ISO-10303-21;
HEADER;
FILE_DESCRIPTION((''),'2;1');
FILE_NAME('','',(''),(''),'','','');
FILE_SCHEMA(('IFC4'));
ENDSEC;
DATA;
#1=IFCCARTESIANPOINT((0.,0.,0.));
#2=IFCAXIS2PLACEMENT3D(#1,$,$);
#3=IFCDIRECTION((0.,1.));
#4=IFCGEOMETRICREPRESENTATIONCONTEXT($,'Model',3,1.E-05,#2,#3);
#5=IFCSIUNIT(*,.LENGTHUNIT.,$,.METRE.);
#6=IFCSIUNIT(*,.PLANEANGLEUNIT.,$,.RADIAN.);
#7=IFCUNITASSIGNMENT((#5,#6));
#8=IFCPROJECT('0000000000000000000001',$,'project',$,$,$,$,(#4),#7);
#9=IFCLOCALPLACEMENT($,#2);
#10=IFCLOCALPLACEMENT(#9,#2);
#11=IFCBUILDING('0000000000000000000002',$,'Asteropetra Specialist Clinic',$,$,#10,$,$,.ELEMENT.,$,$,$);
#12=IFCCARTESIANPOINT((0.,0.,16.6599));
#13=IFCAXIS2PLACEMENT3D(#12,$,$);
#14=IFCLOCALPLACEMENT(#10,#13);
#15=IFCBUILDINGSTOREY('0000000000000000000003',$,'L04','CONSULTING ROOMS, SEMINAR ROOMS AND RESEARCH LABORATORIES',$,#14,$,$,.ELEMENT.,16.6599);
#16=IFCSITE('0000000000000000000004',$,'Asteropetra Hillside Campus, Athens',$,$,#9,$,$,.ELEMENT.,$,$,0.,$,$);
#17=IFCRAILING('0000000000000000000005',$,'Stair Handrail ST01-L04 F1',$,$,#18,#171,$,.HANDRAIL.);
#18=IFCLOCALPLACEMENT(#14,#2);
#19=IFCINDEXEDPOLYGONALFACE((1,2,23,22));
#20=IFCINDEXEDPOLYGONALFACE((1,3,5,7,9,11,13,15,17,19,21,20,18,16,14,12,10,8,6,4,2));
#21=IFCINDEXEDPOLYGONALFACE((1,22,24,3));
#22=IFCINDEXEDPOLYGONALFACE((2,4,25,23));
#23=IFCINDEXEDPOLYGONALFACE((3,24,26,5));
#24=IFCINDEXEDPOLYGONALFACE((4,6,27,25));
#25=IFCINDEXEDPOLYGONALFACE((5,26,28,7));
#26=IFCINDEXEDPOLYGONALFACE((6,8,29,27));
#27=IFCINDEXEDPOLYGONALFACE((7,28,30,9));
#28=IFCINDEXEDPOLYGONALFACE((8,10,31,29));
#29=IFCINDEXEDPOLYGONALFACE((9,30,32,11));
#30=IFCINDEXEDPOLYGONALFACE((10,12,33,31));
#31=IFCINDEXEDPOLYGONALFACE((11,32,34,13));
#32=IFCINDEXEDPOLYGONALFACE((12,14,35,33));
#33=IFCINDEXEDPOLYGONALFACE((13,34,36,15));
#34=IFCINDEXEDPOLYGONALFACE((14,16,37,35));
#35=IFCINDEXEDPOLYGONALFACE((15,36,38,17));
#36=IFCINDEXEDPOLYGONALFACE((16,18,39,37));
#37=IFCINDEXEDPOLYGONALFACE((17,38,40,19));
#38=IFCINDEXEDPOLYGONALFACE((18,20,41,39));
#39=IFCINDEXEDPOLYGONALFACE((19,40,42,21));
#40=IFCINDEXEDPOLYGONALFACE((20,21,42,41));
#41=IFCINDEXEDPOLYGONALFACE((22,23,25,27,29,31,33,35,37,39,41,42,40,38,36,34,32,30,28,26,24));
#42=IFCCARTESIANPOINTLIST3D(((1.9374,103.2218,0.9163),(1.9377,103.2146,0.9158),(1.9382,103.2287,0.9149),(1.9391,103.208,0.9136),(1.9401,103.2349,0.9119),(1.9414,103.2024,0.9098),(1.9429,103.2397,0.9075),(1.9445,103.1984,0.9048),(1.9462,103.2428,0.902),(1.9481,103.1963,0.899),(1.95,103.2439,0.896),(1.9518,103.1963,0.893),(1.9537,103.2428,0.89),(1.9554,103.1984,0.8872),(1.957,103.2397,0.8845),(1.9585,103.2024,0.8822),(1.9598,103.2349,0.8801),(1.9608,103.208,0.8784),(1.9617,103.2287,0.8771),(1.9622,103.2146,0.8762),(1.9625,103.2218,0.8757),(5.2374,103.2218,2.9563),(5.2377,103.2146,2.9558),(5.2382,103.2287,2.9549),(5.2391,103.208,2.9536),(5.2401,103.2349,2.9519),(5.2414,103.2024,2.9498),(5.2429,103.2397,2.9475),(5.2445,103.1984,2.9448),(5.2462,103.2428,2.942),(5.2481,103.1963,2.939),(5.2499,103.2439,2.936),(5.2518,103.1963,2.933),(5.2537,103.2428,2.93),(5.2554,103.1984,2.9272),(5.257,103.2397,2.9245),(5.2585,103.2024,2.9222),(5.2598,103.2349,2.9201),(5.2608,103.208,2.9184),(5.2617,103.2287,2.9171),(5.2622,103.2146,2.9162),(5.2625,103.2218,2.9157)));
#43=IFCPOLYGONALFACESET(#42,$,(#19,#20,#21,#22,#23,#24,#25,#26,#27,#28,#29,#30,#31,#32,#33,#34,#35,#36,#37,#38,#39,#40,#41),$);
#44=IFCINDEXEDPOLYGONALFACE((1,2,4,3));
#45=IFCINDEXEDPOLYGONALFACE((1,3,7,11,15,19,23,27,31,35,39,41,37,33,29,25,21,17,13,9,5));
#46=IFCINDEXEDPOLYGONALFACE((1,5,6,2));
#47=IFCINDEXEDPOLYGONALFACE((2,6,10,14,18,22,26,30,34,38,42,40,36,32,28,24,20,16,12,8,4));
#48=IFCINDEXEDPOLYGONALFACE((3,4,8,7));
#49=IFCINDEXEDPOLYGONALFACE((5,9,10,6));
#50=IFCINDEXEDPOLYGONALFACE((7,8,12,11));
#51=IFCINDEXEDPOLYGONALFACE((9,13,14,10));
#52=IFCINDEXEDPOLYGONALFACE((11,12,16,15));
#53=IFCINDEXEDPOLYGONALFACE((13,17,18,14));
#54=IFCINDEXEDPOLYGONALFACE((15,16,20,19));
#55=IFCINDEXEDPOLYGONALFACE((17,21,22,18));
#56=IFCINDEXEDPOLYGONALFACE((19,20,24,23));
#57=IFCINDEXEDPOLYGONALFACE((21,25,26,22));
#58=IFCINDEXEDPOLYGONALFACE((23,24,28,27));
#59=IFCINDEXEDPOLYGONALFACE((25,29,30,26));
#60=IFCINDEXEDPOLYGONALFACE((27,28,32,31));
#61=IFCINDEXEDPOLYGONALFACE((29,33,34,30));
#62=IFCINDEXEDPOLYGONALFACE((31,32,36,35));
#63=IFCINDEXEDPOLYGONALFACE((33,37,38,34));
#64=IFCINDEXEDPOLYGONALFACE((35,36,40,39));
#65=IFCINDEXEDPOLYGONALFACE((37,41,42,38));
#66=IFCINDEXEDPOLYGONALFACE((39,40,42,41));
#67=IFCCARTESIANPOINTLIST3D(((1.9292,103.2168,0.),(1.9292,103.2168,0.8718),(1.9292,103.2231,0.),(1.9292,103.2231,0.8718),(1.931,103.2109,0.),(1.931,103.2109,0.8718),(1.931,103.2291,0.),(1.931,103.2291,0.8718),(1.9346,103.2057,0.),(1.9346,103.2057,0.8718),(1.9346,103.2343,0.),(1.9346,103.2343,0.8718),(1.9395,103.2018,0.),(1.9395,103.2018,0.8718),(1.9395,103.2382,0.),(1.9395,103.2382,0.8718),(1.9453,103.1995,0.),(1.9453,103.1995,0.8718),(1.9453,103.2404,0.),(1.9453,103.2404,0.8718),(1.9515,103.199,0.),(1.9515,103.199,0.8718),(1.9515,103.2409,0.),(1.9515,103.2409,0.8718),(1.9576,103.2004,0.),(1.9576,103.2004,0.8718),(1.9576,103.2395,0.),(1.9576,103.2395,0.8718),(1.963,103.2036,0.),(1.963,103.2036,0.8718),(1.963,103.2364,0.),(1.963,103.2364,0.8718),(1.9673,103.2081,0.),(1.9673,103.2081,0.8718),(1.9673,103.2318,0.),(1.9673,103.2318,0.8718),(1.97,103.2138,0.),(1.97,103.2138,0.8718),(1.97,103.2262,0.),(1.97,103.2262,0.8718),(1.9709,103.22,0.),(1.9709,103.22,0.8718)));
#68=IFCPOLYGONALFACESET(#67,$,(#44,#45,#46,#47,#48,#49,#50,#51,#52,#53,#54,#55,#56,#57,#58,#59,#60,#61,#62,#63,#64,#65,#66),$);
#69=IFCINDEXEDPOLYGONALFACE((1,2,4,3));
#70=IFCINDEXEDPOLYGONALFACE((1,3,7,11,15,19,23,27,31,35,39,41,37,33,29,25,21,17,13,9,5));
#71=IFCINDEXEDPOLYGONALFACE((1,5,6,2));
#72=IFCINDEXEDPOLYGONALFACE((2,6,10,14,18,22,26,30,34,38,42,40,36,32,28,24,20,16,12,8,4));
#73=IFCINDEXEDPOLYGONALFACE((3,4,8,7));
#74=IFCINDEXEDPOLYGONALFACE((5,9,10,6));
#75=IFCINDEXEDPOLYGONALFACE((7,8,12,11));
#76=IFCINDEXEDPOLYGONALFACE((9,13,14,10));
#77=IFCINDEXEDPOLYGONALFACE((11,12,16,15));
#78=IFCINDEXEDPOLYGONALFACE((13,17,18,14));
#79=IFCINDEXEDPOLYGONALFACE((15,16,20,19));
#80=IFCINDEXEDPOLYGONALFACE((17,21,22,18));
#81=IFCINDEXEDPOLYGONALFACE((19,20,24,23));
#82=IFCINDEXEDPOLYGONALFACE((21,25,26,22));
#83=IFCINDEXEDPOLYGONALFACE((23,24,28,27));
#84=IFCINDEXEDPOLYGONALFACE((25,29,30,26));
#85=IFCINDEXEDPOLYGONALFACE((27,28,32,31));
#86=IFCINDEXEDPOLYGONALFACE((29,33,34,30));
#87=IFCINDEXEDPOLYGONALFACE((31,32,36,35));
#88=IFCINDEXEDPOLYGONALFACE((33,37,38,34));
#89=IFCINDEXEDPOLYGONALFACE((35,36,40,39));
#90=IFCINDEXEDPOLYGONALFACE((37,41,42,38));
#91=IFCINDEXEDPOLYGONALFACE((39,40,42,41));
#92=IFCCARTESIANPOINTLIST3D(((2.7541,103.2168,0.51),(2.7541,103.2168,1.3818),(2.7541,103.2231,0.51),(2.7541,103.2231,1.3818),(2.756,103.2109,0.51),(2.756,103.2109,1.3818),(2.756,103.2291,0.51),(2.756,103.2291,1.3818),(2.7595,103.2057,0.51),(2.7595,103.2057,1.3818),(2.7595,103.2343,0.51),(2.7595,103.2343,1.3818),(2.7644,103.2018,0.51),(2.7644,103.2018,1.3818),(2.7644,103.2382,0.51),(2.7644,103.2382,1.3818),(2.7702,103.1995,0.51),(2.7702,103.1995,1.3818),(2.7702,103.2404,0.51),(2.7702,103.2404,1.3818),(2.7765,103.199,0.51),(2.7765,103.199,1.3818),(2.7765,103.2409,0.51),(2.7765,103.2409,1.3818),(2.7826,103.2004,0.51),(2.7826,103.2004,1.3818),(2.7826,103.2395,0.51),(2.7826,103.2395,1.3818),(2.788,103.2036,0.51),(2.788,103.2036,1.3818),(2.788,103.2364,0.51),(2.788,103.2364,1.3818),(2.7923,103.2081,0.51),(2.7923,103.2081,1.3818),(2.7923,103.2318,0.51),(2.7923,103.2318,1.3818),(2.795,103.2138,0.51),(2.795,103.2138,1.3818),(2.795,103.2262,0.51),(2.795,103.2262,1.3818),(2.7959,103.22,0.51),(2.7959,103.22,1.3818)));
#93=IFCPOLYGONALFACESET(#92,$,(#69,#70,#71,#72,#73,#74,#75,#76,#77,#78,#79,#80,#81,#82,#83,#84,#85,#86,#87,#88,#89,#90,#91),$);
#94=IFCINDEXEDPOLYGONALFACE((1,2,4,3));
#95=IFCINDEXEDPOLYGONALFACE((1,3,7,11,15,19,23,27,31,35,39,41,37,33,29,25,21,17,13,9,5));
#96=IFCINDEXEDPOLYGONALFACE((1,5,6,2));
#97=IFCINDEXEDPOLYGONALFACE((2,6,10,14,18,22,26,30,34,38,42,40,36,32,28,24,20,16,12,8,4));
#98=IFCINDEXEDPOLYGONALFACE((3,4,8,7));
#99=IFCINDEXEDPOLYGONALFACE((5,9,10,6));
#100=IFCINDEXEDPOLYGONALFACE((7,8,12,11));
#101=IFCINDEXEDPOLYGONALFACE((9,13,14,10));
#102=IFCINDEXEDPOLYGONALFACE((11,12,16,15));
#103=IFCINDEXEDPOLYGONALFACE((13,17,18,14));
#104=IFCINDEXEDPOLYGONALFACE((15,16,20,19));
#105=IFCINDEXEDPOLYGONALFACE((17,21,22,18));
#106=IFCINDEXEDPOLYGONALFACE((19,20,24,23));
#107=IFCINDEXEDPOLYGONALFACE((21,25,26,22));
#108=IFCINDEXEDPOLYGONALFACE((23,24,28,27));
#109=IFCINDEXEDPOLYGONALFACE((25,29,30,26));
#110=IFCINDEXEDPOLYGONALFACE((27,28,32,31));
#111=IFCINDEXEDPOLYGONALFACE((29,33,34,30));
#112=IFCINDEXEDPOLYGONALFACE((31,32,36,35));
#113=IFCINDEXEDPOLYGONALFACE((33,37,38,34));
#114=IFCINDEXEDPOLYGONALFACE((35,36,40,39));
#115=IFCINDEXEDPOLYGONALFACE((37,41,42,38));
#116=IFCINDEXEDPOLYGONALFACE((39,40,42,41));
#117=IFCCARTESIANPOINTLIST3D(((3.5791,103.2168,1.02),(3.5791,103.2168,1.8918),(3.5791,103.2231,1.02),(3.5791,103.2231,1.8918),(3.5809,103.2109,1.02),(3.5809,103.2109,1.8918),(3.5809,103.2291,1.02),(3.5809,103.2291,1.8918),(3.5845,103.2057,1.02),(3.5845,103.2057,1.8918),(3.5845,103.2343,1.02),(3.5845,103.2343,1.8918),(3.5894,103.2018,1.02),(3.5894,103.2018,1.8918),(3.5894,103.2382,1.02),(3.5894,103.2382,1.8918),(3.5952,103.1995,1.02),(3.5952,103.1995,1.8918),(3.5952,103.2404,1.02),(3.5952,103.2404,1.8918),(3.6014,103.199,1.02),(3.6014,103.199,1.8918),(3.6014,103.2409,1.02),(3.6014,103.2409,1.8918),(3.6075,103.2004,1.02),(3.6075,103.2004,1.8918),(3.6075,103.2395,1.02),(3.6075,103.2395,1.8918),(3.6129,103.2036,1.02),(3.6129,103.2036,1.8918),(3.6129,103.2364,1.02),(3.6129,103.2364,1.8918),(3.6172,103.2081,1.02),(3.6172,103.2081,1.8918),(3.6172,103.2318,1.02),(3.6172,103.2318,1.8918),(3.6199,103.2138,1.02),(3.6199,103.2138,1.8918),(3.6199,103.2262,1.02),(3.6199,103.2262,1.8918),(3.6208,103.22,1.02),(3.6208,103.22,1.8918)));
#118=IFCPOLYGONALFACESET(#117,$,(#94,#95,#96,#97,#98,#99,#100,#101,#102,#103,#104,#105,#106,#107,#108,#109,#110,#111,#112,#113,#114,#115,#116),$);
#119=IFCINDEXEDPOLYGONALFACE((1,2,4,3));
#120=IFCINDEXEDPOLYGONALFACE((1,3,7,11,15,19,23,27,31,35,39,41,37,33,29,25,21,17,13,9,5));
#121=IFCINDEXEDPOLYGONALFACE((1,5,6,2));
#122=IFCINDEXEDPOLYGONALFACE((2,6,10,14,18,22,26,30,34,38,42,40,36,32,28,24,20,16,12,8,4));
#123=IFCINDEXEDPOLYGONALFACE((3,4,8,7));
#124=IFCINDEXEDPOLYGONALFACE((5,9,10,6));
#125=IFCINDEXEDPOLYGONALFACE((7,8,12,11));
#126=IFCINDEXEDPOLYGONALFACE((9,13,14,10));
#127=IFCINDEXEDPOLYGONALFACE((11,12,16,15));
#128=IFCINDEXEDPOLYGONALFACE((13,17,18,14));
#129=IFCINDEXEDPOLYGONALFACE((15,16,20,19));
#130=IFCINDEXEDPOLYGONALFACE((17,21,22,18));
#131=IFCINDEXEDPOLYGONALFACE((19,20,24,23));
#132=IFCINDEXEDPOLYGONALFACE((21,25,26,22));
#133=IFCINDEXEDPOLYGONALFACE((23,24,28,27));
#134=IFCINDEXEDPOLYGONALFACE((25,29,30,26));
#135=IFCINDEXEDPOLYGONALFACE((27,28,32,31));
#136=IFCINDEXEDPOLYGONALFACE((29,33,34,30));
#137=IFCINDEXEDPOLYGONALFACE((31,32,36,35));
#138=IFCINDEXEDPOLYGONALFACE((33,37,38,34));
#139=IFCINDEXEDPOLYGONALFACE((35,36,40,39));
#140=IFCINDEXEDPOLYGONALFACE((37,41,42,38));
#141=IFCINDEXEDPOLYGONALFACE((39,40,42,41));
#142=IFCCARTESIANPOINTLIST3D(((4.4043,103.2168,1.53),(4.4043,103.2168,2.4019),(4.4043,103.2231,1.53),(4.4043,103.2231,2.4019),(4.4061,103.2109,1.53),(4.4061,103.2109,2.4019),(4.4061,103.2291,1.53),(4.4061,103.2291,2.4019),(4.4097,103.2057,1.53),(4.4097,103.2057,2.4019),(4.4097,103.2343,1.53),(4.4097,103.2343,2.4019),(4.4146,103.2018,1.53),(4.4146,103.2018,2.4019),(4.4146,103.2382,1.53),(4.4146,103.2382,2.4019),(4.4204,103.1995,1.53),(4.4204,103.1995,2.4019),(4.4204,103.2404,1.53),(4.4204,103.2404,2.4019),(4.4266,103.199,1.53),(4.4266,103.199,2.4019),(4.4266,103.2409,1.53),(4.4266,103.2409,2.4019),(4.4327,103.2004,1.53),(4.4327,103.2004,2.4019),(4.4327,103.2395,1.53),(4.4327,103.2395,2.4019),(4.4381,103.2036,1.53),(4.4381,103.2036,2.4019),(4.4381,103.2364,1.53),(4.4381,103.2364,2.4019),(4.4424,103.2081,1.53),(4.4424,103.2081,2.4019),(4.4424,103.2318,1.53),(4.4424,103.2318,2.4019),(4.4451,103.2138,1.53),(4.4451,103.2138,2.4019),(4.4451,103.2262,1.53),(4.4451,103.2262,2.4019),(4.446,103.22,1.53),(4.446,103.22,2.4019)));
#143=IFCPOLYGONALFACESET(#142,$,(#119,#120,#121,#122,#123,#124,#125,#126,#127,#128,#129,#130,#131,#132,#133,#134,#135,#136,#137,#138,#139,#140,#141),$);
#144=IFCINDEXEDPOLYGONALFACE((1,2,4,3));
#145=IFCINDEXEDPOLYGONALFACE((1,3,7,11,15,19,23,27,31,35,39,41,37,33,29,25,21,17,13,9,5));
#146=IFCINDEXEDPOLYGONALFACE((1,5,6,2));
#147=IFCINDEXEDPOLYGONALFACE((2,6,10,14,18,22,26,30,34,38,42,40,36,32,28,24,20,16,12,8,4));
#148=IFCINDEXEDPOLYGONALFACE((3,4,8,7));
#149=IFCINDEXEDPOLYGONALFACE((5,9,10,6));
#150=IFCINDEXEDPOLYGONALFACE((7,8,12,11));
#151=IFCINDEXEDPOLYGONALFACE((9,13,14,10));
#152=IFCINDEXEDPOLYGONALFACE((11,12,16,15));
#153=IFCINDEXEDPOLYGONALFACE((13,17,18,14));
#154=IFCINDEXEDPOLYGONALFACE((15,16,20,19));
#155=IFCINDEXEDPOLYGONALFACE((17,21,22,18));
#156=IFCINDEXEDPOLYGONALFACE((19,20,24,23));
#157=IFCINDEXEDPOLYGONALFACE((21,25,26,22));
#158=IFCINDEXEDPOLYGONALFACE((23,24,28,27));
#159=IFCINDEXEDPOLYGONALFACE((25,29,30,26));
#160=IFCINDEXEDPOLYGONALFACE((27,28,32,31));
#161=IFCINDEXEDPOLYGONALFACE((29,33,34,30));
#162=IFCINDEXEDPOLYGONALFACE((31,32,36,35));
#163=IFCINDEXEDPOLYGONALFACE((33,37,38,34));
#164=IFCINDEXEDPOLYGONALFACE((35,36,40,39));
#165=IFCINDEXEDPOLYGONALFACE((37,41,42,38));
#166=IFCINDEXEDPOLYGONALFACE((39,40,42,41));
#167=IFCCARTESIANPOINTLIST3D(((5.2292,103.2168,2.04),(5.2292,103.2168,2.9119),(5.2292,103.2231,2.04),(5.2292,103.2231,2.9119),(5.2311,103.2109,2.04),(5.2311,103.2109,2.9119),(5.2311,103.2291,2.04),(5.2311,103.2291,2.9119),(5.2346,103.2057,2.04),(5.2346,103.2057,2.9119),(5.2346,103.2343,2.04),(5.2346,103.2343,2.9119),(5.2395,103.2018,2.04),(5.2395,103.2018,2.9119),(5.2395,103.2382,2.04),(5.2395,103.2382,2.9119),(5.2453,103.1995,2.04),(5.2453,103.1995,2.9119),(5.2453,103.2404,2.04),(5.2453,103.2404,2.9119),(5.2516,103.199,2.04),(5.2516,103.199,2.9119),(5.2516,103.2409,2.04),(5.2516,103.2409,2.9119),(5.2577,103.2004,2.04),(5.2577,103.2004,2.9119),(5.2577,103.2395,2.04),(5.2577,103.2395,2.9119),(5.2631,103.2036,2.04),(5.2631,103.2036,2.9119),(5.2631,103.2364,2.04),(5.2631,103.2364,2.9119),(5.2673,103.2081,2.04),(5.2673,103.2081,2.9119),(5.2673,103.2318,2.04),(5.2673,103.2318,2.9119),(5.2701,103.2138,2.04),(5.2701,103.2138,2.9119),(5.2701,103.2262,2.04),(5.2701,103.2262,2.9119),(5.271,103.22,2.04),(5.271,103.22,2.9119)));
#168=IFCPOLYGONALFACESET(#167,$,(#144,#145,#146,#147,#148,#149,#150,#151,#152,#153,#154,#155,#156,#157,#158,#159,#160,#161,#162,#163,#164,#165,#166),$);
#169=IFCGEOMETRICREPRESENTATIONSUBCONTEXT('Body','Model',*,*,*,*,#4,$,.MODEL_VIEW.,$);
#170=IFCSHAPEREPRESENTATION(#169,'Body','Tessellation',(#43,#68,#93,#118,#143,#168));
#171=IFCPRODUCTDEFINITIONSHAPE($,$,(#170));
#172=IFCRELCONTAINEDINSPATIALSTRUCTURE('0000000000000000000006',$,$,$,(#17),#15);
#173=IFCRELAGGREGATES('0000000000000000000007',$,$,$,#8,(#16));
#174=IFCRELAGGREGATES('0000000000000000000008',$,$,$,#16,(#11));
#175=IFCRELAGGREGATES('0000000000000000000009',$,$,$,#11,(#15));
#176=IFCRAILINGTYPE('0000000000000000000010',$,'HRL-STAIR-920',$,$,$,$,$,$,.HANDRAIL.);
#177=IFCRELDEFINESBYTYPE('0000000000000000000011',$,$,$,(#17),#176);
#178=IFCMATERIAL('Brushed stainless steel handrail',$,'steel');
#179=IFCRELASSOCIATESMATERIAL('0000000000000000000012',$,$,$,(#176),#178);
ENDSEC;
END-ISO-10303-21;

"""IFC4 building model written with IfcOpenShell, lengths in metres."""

from ifc_helpers import new_model, si_unit, direction, frame, origin, origin_2d, place, context, subcontext, project, spatial, circle, extrude, material, type_object, element, save


model = new_model("IFC4")

# Units and contexts
model_context = context("Model", 3, precision=1e-05, world=origin(), true_north=direction((0.0, 1.0)))
body_context = subcontext(model_context, "Body", "Model", "MODEL_VIEW")
ifc_project = project(units=[si_unit("LENGTHUNIT", "METRE"), si_unit("PLANEANGLEUNIT", "RADIAN")], contexts=[model_context])

# Site, building, storey
site_placement = place(None, origin())
site = spatial("IfcSite", under=ifc_project, at=site_placement, Name="Asteropetra Hillside Campus, Athens", CompositionType="ELEMENT", RefElevation=0.0)
building_placement = place(site_placement, origin())
building = spatial("IfcBuilding", under=site, at=building_placement, Name="Asteropetra Specialist Clinic", CompositionType="ELEMENT")
storey_placement = place(building_placement, frame((0.0, 0.0, 16.6599)))
storey = spatial("IfcBuildingStorey", under=building, at=storey_placement, Name="L04", Description="CONSULTING ROOMS, SEMINAR ROOMS AND RESEARCH LABORATORIES", CompositionType="ELEMENT", Elevation=16.6599)

# Railing
ifc_material_1 = material(Name="Brushed stainless steel handrail", Category="steel")
railing_type_1 = type_object("IfcRailingType", Name="HRL-STAIR-920", PredefinedType="HANDRAIL", material=ifc_material_1)
railing_1_placement = place(storey_placement, frame((1.95, 103.22, 0.0)))
element("IfcRailing", 1, at=railing_1_placement, inside=storey, type_object=railing_type_1, Name="Stair Handrail ST01-L04 F1", PredefinedType="HANDRAIL", context=body_context, shape_type="SweptSolid", body=[
    extrude(circle(Radius=0.0239, at=origin_2d()), frame((0.0, 0.0, 0.896), z_axis=(0.850594, 0.0, 0.525824), x_axis=(0.0, 1.0, 0.0)), (0.0, 0.0, 1.0), 3.8796),
    extrude(circle(Radius=0.021, at=origin_2d()), origin(), (0.0, 0.0, 1.0), 0.8718),
    extrude(circle(Radius=0.021, at=origin_2d()), frame((0.825, 0.0, 0.51)), (0.0, 0.0, 1.0), 0.8718),
    extrude(circle(Radius=0.021, at=origin_2d()), frame((1.6499, 0.0, 1.02)), (0.0, 0.0, 1.0), 0.8718),
    extrude(circle(Radius=0.021, at=origin_2d()), frame((2.4751, 0.0, 1.53)), (0.0, 0.0, 1.0), 0.8718),
    extrude(circle(Radius=0.021, at=origin_2d()), frame((3.3, 0.0, 2.04)), (0.0, 0.0, 1.0), 0.8718),
])

save(model, "model.ifc")
